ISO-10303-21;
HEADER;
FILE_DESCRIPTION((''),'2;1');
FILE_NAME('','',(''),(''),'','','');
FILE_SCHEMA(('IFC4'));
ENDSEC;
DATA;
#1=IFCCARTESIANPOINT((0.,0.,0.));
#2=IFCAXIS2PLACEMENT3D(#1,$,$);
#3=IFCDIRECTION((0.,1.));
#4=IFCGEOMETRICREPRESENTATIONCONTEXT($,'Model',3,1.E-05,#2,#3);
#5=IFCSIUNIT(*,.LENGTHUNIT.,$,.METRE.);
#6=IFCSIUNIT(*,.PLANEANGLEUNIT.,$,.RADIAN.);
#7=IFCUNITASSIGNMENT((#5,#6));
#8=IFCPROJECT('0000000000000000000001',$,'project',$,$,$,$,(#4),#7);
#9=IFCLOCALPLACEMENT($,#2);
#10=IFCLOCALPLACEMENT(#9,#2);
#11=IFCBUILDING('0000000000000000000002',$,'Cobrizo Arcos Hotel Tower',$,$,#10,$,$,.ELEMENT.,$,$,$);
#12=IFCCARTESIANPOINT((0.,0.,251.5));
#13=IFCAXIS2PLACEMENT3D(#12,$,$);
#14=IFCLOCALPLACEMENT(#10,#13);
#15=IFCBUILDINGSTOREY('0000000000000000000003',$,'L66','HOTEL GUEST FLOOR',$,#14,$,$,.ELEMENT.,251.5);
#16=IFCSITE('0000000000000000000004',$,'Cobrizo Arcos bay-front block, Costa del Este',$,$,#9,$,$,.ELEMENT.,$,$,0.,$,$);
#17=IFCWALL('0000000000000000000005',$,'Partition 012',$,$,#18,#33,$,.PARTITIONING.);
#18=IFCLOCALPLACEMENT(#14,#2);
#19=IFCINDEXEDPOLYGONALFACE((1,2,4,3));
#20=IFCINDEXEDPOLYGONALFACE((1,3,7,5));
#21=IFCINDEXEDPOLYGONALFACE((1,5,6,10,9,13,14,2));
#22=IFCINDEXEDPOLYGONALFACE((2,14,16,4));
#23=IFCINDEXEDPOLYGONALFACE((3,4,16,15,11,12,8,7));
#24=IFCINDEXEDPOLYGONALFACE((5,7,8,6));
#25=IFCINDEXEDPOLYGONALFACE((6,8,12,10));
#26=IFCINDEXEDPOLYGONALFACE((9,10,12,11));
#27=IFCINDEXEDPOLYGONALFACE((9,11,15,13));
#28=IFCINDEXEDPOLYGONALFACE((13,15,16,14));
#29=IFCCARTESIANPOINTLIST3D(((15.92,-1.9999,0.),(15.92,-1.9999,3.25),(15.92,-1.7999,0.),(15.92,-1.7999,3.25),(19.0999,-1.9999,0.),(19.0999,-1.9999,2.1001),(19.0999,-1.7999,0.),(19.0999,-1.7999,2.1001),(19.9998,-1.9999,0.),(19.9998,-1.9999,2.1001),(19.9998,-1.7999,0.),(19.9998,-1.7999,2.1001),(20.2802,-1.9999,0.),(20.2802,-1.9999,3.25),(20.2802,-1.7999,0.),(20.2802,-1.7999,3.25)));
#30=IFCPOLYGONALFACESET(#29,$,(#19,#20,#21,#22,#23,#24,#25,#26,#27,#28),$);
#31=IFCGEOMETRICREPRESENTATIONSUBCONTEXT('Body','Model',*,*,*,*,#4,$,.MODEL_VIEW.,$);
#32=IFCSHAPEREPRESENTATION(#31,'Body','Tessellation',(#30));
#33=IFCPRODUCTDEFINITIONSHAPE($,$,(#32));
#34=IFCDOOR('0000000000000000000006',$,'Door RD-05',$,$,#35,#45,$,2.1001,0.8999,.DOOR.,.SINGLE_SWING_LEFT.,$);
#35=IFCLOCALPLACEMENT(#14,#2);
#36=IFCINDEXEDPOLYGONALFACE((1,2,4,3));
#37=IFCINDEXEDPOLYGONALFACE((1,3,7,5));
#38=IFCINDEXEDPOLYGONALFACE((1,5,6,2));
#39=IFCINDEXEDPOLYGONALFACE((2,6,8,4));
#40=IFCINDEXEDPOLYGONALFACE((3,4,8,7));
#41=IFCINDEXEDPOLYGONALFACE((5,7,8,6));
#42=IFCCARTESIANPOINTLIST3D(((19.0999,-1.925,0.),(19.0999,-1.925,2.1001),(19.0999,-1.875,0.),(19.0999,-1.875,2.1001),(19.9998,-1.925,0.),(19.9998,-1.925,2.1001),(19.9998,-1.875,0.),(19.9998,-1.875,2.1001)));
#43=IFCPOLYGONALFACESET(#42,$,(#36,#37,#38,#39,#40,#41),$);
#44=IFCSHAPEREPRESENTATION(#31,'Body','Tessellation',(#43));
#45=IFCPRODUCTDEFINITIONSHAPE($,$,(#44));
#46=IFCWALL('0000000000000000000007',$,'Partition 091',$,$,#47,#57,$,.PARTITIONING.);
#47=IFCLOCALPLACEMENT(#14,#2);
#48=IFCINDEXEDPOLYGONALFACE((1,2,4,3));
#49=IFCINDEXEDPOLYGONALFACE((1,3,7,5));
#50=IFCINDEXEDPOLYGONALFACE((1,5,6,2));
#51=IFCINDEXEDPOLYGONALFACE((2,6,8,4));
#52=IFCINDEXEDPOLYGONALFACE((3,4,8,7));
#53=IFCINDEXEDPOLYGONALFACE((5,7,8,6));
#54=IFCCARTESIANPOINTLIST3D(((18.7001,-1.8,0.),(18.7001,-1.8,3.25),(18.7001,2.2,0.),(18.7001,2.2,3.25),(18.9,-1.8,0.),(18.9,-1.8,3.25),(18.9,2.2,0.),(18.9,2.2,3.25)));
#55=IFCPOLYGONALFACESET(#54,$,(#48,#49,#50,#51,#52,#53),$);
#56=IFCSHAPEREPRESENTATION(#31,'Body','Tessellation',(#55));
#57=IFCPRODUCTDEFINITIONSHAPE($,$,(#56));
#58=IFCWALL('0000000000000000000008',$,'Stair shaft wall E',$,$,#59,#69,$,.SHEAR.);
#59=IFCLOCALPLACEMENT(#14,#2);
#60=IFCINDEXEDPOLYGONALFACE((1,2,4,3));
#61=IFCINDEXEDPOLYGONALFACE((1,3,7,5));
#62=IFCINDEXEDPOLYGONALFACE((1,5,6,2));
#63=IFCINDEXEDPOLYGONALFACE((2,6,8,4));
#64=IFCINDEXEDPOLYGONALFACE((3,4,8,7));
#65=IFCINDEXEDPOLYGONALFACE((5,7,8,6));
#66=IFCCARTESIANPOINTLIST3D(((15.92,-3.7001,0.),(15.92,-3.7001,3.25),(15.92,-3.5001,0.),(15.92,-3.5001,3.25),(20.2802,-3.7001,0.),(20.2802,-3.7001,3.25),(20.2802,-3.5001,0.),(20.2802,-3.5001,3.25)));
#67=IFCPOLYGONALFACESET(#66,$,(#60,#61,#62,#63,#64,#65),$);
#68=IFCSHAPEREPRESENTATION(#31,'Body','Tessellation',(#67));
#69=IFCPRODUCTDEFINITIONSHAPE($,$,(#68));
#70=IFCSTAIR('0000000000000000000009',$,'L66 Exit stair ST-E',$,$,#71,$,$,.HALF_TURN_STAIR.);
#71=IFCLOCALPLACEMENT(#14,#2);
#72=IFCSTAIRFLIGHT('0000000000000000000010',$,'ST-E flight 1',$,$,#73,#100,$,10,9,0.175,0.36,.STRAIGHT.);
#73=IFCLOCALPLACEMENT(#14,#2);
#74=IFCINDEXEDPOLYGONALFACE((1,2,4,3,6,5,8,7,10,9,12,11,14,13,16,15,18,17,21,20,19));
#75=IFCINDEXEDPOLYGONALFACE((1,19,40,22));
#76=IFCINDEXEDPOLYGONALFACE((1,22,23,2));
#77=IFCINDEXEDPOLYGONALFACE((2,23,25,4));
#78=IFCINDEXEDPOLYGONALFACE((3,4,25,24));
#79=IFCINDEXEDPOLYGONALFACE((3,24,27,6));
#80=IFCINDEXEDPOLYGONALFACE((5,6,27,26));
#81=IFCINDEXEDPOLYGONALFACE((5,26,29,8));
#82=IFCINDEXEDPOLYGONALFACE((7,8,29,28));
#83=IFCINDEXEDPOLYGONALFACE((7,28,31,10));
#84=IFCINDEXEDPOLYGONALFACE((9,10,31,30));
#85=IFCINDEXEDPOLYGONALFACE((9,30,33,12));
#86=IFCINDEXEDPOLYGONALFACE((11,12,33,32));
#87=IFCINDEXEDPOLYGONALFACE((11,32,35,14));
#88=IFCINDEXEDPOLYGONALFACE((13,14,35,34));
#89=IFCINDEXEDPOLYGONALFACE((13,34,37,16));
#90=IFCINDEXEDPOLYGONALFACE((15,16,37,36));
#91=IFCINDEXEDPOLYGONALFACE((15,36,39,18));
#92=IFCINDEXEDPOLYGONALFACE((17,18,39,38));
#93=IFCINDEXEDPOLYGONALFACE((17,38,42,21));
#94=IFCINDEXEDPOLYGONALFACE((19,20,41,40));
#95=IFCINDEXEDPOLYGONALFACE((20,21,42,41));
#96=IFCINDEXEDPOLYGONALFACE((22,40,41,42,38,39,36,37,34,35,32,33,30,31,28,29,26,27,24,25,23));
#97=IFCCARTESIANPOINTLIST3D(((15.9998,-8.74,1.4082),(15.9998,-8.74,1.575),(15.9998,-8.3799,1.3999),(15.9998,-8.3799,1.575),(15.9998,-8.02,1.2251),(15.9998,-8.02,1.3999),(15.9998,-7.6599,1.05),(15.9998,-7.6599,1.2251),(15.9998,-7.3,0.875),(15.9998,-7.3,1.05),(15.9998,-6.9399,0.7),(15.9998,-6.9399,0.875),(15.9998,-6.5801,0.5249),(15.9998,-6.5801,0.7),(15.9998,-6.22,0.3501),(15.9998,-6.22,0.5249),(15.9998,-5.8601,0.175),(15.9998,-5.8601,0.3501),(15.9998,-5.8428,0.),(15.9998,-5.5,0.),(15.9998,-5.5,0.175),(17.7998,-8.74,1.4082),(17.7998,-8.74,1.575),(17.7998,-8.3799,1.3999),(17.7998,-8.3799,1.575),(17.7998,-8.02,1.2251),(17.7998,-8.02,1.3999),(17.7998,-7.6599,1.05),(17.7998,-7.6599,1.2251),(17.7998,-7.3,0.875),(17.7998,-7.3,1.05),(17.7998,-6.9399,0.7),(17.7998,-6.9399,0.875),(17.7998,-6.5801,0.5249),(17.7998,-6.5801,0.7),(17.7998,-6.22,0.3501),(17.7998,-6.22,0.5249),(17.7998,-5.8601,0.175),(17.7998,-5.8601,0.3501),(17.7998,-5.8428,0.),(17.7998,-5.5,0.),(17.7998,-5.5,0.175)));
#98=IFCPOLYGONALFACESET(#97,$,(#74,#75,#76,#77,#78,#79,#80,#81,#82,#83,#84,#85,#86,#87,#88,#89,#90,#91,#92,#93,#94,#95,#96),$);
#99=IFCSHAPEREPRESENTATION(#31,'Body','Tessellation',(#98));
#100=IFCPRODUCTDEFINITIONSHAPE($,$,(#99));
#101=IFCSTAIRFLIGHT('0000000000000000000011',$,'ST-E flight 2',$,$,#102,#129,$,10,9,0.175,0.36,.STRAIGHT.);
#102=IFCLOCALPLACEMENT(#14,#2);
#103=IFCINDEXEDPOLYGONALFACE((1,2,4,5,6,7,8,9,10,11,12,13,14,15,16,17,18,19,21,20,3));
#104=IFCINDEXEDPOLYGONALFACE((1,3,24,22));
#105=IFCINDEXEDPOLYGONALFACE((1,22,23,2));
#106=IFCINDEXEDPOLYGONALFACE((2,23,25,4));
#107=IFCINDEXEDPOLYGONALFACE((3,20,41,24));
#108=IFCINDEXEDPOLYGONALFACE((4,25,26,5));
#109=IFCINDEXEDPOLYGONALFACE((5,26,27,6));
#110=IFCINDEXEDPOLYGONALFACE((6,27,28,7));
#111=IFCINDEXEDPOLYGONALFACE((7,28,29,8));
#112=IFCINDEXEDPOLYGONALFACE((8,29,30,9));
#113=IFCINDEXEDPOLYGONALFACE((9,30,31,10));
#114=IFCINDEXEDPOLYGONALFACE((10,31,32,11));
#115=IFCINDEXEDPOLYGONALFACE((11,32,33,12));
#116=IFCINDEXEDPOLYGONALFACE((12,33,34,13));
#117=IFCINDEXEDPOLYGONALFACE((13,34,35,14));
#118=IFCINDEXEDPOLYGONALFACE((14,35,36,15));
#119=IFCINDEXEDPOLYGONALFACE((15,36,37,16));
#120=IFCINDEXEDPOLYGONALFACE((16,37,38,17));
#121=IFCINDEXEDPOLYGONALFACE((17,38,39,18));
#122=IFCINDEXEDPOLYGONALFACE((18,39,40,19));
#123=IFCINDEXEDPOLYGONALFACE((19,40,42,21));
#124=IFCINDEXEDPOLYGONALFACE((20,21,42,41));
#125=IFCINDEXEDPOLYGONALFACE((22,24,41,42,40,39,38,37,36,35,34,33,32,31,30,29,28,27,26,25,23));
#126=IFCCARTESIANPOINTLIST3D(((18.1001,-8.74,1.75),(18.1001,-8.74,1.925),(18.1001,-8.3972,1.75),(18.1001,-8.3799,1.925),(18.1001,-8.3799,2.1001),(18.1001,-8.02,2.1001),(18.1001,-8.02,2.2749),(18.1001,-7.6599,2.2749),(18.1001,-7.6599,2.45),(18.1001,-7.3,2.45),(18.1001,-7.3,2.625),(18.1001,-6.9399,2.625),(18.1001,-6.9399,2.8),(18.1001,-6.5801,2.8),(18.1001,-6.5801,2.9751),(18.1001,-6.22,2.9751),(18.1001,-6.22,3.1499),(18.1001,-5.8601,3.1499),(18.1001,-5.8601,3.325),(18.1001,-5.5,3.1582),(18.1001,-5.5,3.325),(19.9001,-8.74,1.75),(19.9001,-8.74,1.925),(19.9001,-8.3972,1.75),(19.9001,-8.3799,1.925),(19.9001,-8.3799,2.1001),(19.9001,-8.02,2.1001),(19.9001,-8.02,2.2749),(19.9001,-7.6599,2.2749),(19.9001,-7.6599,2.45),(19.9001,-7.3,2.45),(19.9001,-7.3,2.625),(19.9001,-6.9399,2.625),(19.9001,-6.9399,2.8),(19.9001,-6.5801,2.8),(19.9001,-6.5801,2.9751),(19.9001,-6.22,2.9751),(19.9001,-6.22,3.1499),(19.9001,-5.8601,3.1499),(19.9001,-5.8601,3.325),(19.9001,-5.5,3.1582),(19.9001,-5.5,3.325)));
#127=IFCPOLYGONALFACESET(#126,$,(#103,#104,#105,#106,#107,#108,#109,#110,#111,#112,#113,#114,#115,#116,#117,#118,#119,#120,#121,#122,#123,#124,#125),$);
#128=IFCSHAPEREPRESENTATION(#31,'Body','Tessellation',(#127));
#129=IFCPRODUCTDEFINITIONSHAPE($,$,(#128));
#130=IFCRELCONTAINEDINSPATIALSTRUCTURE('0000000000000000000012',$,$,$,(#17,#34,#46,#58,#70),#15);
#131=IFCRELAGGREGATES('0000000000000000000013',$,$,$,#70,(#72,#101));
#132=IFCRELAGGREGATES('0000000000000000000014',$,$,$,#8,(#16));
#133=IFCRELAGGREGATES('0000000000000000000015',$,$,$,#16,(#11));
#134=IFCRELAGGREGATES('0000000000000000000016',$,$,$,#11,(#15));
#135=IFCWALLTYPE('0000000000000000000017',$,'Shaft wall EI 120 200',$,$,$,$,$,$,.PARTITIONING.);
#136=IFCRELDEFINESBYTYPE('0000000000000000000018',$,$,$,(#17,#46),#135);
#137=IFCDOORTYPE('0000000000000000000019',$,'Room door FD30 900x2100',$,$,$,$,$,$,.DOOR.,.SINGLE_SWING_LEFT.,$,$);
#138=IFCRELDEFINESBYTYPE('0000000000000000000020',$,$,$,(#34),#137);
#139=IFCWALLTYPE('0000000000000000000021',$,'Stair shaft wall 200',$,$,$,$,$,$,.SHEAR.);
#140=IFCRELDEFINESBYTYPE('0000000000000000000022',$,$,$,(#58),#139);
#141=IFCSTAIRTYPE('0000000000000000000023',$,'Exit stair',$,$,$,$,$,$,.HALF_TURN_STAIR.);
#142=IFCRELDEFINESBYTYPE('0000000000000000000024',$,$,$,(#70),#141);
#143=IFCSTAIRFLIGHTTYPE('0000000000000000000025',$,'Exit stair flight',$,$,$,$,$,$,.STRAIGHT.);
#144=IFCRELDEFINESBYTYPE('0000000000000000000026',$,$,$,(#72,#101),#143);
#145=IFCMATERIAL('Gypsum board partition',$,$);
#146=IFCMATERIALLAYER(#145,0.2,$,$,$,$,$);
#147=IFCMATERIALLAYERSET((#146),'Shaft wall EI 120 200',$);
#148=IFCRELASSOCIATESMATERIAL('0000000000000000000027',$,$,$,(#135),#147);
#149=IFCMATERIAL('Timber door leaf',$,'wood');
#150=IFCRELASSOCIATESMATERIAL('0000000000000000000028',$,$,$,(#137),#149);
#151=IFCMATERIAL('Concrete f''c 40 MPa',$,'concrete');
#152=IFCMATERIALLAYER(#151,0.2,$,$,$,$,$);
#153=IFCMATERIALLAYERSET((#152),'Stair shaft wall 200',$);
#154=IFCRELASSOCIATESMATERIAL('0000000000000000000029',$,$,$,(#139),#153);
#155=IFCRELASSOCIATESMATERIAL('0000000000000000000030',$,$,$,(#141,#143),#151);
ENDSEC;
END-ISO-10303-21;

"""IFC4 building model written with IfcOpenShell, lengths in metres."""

from ifc_helpers import new_model, si_unit, direction, frame, frame_2d, origin, place, context, subcontext, project, spatial, polyline, rectangle, outline, extrude, material, layer, layer_set, type_object, element, fill, aggregate, save


model = new_model("IFC4")

# Units and contexts
model_context = context("Model", 3, precision=1e-05, world=origin(), true_north=direction((0.0, 1.0)))
body_context = subcontext(model_context, "Body", "Model", "MODEL_VIEW")
ifc_project = project(units=[si_unit("LENGTHUNIT", "METRE"), si_unit("PLANEANGLEUNIT", "RADIAN")], contexts=[model_context])

# Site, building, storey
site_placement = place(None, origin())
site = spatial("IfcSite", under=ifc_project, at=site_placement, Name="Cobrizo Arcos bay-front block, Costa del Este", CompositionType="ELEMENT", RefElevation=0.0)
building_placement = place(site_placement, origin())
building = spatial("IfcBuilding", under=site, at=building_placement, Name="Cobrizo Arcos Hotel Tower", CompositionType="ELEMENT")
storey_placement = place(building_placement, frame((0.0, 0.0, 251.5)))
storey = spatial("IfcBuildingStorey", under=building, at=storey_placement, Name="L66", Description="HOTEL GUEST FLOOR", CompositionType="ELEMENT", Elevation=251.5)

# Wall, opening, door
ifc_material_1 = material(Name="Gypsum board partition")
ifc_layer_1 = layer(ifc_material_1, 0.2)
ifc_layer_set_1 = layer_set([ifc_layer_1], Name="Shaft wall EI 120 200")
wall_type_1 = type_object("IfcWallType", Name="Shaft wall EI 120 200", PredefinedType="PARTITIONING", material=ifc_layer_set_1)
wall_1_placement = place(storey_placement, frame((15.9199, -1.8999, 0.0), z_axis=(0.0, 0.0, 1.0), x_axis=(1.0, 0.0, 0.0)))
wall_1 = element("IfcWall", 1, at=wall_1_placement, inside=storey, type_object=wall_type_1, Name="Partition 012", PredefinedType="PARTITIONING", context=body_context, shape_type="SweptSolid", body=[
    extrude(rectangle(XDim=4.3601, YDim=0.2, at=frame_2d((2.1802, 0.0))), origin(), (0.0, 0.0, 1.0), 3.25),
])
opening_placement = place(wall_1_placement, frame((3.1799, 0.0, 0.0)))
opening = element("IfcOpeningElement", 2, at=opening_placement, cuts=wall_1, PredefinedType="OPENING", context=body_context, shape_type="SweptSolid", body=[
    extrude(rectangle(XDim=0.8999, YDim=2.1001, at=frame_2d((0.45, 1.05))), frame((0.0, 0.1121, 0.0), z_axis=(0.0, -1.0, 0.0), x_axis=(1.0, 0.0, 0.0)), (0.0, 0.0, 1.0), 0.2239),
])
ifc_material_2 = material(Name="Timber door leaf", Category="wood")
door_type = type_object("IfcDoorType", Name="Room door FD30 900x2100", OperationType="SINGLE_SWING_LEFT", PredefinedType="DOOR", material=ifc_material_2)
door_placement = place(opening_placement, origin())
door = element("IfcDoor", 3, at=door_placement, inside=storey, type_object=door_type, Name="Door RD-05", OperationType="SINGLE_SWING_LEFT", OverallHeight=2.1001, OverallWidth=0.8999, PredefinedType="DOOR", context=body_context, shape_type="SweptSolid", body=[
    extrude(rectangle(XDim=0.8999, YDim=2.1001, at=frame_2d((0.45, 1.05))), frame((0.0, 0.0249, 0.0), z_axis=(0.0, -1.0, 0.0), x_axis=(1.0, 0.0, 0.0)), (0.0, 0.0, 1.0), 0.05),
])
fill(opening, door)

# Walls
wall_2_placement = place(storey_placement, frame((18.8, -1.8, 0.0), z_axis=(0.0, 0.0, 1.0), x_axis=(0.0, 1.0, 0.0)))
element("IfcWall", 4, at=wall_2_placement, inside=storey, type_object=wall_type_1, Name="Partition 091", PredefinedType="PARTITIONING", context=body_context, shape_type="SweptSolid", body=[
    extrude(rectangle(XDim=4.0, YDim=0.2, at=frame_2d((2.0, 0.0))), origin(), (0.0, 0.0, 1.0), 3.25),
])
ifc_material_3 = material(Name="Concrete f'c 40 MPa", Category="concrete")
ifc_layer_2 = layer(ifc_material_3, 0.2)
ifc_layer_set_2 = layer_set([ifc_layer_2], Name="Stair shaft wall 200")
wall_type_2 = type_object("IfcWallType", Name="Stair shaft wall 200", PredefinedType="SHEAR", material=ifc_layer_set_2)
wall_3_placement = place(storey_placement, frame((15.9199, -3.6001, 0.0), z_axis=(0.0, 0.0, 1.0), x_axis=(1.0, 0.0, 0.0)))
element("IfcWall", 5, at=wall_3_placement, inside=storey, type_object=wall_type_2, Name="Stair shaft wall E", PredefinedType="SHEAR", context=body_context, shape_type="SweptSolid", body=[
    extrude(rectangle(XDim=4.3601, YDim=0.2, at=frame_2d((2.1802, 0.0))), origin(), (0.0, 0.0, 1.0), 3.25),
])

# Stair, stair flights
stair_type = type_object("IfcStairType", Name="Exit stair", PredefinedType="HALF_TURN_STAIR", material=ifc_material_3)
stair_placement = place(storey_placement, origin())
stair = element("IfcStair", 6, at=stair_placement, inside=storey, type_object=stair_type, Name="L66 Exit stair ST-E", PredefinedType="HALF_TURN_STAIR")
stair_flight_type = type_object("IfcStairFlightType", Name="Exit stair flight", PredefinedType="STRAIGHT", material=ifc_material_3)
stair_flight_1_placement = place(storey_placement, frame((16.8999, -5.5, 0.0), z_axis=(0.0, 0.0, 1.0), x_axis=(0.0, -1.0, 0.0)))
stair_flight_1 = element("IfcStairFlight", 7, at=stair_flight_1_placement, type_object=stair_flight_type, Name="ST-E flight 1", NumberOfRisers=10, NumberOfTreads=9, PredefinedType="STRAIGHT", RiserHeight=0.175, TreadLength=0.36, context=body_context, shape_type="SweptSolid", body=[
    extrude(outline(polyline([(0.0, 0.0), (0.0, 0.175), (0.3601, 0.175), (0.3601, 0.3501), (0.72, 0.3501), (0.72, 0.5249), (1.0801, 0.5249), (1.0801, 0.7), (1.4399, 0.7), (1.4399, 0.875), (1.8, 0.875), (1.8, 1.05), (2.1599, 1.05), (2.1599, 1.2251), (2.52, 1.2251), (2.52, 1.3999), (2.8799, 1.3999), (2.8799, 1.575), (3.24, 1.575), (3.24, 1.75), (3.24, 1.4082), (0.3428, 0.0), (0.0, 0.0)])), frame((0.0, 0.8999, 0.0), z_axis=(0.0, -1.0, 0.0), x_axis=(1.0, 0.0, 0.0)), (0.0, 0.0, 1.0), 1.8),
])
stair_flight_2_placement = place(storey_placement, frame((19.0, -8.74, 1.75), z_axis=(0.0, 0.0, 1.0), x_axis=(0.0, 1.0, 0.0)))
stair_flight_2 = element("IfcStairFlight", 8, at=stair_flight_2_placement, type_object=stair_flight_type, Name="ST-E flight 2", NumberOfRisers=10, NumberOfTreads=9, PredefinedType="STRAIGHT", RiserHeight=0.175, TreadLength=0.36, context=body_context, shape_type="SweptSolid", body=[
    extrude(outline(polyline([(0.0, 0.0), (0.0, 0.175), (0.3601, 0.175), (0.3601, 0.3501), (0.72, 0.3501), (0.72, 0.5249), (1.0801, 0.5249), (1.0801, 0.7), (1.4399, 0.7), (1.4399, 0.875), (1.8, 0.875), (1.8, 1.05), (2.1599, 1.05), (2.1599, 1.2251), (2.52, 1.2251), (2.52, 1.3999), (2.8799, 1.3999), (2.8799, 1.575), (3.24, 1.575), (3.24, 1.75), (3.24, 1.4082), (0.3428, 0.0), (0.0, 0.0)])), frame((0.0, 0.8999, 0.0), z_axis=(0.0, -1.0, 0.0), x_axis=(1.0, 0.0, 0.0)), (0.0, 0.0, 1.0), 1.8),
])
aggregate(stair, [stair_flight_1, stair_flight_2])

save(model, "model.ifc")
